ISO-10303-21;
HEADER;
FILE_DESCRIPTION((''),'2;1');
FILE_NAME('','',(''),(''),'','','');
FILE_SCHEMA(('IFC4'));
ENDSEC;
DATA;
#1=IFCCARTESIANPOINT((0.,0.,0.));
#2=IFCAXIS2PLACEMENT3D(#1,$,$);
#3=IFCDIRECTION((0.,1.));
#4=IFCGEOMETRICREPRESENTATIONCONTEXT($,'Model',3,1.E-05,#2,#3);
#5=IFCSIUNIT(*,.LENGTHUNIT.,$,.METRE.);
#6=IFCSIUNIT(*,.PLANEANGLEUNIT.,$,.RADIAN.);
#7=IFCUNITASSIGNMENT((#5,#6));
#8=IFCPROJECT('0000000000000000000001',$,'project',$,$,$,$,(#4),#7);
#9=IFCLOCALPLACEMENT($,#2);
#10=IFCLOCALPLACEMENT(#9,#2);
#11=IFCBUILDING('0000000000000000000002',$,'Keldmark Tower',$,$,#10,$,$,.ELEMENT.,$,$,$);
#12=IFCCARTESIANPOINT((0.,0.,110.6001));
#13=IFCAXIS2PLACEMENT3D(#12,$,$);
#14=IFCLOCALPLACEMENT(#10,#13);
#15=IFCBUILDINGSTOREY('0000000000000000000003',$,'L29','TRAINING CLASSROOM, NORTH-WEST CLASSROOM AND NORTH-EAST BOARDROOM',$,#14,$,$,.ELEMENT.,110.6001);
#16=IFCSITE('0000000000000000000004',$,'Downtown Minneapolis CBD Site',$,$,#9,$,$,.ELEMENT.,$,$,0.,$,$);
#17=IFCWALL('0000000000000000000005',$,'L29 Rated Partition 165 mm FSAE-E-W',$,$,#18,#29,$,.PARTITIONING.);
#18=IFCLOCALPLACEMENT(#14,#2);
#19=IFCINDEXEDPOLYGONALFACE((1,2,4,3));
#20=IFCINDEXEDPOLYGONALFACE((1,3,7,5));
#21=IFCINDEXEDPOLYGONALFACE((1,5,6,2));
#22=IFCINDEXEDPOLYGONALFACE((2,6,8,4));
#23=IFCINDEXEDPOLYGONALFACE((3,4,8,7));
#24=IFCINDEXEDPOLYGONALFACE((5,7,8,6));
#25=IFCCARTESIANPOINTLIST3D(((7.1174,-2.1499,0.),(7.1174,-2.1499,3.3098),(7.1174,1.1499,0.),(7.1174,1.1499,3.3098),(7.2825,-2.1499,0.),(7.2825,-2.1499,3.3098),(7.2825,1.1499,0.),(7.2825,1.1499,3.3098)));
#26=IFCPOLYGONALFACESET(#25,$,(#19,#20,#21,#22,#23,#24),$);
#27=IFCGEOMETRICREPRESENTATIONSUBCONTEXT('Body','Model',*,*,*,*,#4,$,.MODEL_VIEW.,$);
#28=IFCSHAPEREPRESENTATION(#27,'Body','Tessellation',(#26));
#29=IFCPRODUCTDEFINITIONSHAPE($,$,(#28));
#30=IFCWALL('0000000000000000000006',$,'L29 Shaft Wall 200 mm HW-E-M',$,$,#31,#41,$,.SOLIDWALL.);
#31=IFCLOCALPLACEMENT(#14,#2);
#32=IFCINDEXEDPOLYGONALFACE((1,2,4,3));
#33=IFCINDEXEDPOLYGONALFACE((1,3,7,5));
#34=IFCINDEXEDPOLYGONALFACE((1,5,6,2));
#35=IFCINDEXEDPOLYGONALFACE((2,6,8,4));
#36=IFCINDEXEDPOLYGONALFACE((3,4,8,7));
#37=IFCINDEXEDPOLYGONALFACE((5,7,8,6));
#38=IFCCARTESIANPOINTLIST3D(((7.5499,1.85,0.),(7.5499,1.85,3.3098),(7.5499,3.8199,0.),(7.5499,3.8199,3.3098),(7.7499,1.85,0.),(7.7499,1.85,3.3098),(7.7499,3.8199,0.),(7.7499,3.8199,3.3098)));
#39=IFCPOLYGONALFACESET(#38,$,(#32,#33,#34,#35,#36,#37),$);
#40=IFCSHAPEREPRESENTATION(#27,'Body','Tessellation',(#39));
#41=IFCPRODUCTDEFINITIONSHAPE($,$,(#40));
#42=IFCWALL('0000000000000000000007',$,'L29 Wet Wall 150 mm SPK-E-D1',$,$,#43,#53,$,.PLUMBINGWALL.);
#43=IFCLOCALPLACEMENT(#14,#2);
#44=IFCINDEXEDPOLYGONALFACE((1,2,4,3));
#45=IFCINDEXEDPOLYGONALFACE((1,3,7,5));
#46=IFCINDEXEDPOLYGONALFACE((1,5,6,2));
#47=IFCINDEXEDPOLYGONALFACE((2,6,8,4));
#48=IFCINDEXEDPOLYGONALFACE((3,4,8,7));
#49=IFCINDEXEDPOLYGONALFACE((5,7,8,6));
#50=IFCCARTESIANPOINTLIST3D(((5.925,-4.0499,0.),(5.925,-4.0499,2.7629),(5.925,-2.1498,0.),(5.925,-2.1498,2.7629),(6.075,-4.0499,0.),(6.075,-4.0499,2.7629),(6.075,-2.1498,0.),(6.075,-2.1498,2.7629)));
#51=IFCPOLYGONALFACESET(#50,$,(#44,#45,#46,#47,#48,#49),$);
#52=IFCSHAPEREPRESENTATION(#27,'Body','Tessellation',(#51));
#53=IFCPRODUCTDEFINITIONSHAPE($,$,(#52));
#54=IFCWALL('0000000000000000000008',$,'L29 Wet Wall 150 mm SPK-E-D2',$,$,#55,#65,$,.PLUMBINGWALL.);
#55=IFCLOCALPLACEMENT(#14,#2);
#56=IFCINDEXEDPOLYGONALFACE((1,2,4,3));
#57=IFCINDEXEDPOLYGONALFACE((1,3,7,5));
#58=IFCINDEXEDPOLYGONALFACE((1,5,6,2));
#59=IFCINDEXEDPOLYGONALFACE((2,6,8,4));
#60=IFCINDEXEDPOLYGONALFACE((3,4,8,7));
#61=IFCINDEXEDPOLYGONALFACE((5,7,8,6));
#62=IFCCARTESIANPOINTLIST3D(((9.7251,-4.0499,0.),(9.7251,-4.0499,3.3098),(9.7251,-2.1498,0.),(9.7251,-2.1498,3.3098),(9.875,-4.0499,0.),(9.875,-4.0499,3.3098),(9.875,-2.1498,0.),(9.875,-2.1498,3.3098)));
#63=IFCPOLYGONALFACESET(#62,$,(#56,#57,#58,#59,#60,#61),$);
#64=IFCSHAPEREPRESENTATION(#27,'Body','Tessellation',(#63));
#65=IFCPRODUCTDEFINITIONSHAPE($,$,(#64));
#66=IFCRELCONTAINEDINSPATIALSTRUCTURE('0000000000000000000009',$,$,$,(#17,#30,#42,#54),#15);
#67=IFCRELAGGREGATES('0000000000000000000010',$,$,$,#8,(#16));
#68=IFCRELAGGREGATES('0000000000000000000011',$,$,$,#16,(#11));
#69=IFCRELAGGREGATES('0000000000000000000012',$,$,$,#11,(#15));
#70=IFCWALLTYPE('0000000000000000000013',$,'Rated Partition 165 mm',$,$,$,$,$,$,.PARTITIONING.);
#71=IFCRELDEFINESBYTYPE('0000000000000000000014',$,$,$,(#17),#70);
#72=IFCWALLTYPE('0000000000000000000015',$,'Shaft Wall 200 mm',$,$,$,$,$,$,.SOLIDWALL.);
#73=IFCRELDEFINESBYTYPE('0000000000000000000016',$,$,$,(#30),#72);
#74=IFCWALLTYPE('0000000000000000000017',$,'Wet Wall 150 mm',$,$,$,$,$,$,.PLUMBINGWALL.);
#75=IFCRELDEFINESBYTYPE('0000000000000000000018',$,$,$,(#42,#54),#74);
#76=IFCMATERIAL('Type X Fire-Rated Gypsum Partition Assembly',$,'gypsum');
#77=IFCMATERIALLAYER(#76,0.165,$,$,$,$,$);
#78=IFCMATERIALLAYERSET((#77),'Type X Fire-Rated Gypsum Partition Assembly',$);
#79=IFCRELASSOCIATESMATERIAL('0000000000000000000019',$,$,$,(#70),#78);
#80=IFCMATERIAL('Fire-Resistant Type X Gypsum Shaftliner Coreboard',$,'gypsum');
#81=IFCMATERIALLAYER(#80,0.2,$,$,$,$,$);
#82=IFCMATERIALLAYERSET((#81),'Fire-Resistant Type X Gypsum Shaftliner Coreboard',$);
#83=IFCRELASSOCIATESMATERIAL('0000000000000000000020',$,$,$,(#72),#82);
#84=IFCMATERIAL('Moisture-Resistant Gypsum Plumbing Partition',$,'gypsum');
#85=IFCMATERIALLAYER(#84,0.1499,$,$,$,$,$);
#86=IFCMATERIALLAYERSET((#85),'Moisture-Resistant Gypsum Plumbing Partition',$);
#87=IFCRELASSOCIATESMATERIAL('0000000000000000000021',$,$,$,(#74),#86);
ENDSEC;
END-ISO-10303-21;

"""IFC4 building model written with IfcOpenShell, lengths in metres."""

from ifc_helpers import new_model, si_unit, direction, frame, frame_2d, origin, place, context, subcontext, project, spatial, rectangle, extrude, material, layer, layer_set, type_object, element, save


model = new_model("IFC4")

# Units and contexts
model_context = context("Model", 3, precision=1e-05, world=origin(), true_north=direction((0.0, 1.0)))
body_context = subcontext(model_context, "Body", "Model", "MODEL_VIEW")
ifc_project = project(units=[si_unit("LENGTHUNIT", "METRE"), si_unit("PLANEANGLEUNIT", "RADIAN")], contexts=[model_context])

# Site, building, storey
site_placement = place(None, origin())
site = spatial("IfcSite", under=ifc_project, at=site_placement, Name="Downtown Minneapolis CBD Site", CompositionType="ELEMENT", RefElevation=0.0)
building_placement = place(site_placement, origin())
building = spatial("IfcBuilding", under=site, at=building_placement, Name="Keldmark Tower", CompositionType="ELEMENT")
storey_placement = place(building_placement, frame((0.0, 0.0, 110.6001)))
storey = spatial("IfcBuildingStorey", under=building, at=storey_placement, Name="L29", Description="TRAINING CLASSROOM, NORTH-WEST CLASSROOM AND NORTH-EAST BOARDROOM", CompositionType="ELEMENT", Elevation=110.6001)

# Walls
ifc_material_1 = material(Name="Type X Fire-Rated Gypsum Partition Assembly", Category="gypsum")
ifc_layer_1 = layer(ifc_material_1, 0.165)
ifc_layer_set_1 = layer_set([ifc_layer_1], Name="Type X Fire-Rated Gypsum Partition Assembly")
wall_type_1 = type_object("IfcWallType", Name="Rated Partition 165 mm", PredefinedType="PARTITIONING", material=ifc_layer_set_1)
wall_1_placement = place(storey_placement, frame((7.2, -2.1499, 0.0), z_axis=(0.0, 0.0, 1.0), x_axis=(0.0, 1.0, 0.0)))
element("IfcWall", 1, at=wall_1_placement, inside=storey, type_object=wall_type_1, Name="L29 Rated Partition 165 mm FSAE-E-W", PredefinedType="PARTITIONING", context=body_context, shape_type="SweptSolid", body=[
    extrude(rectangle(XDim=3.2998, YDim=0.165, at=frame_2d((1.6499, 0.0))), origin(), (0.0, 0.0, 1.0), 3.3098),
])
ifc_material_2 = material(Name="Fire-Resistant Type X Gypsum Shaftliner Coreboard", Category="gypsum")
ifc_layer_2 = layer(ifc_material_2, 0.2)
ifc_layer_set_2 = layer_set([ifc_layer_2], Name="Fire-Resistant Type X Gypsum Shaftliner Coreboard")
wall_type_2 = type_object("IfcWallType", Name="Shaft Wall 200 mm", PredefinedType="SOLIDWALL", material=ifc_layer_set_2)
wall_2_placement = place(storey_placement, frame((7.6499, 1.8501, 0.0), z_axis=(0.0, 0.0, 1.0), x_axis=(0.0, 1.0, 0.0)))
element("IfcWall", 2, at=wall_2_placement, inside=storey, type_object=wall_type_2, Name="L29 Shaft Wall 200 mm HW-E-M", PredefinedType="SOLIDWALL", context=body_context, shape_type="SweptSolid", body=[
    extrude(rectangle(XDim=1.97, YDim=0.2, at=frame_2d((0.9849, 0.0))), origin(), (0.0, 0.0, 1.0), 3.3098),
])
ifc_material_3 = material(Name="Moisture-Resistant Gypsum Plumbing Partition", Category="gypsum")
ifc_layer_3 = layer(ifc_material_3, 0.1499)
ifc_layer_set_3 = layer_set([ifc_layer_3], Name="Moisture-Resistant Gypsum Plumbing Partition")
wall_type_3 = type_object("IfcWallType", Name="Wet Wall 150 mm", PredefinedType="PLUMBINGWALL", material=ifc_layer_set_3)
wall_3_placement = place(storey_placement, frame((6.0, -4.05, 0.0), z_axis=(0.0, 0.0, 1.0), x_axis=(0.0, 1.0, 0.0)))
element("IfcWall", 3, at=wall_3_placement, inside=storey, type_object=wall_type_3, Name="L29 Wet Wall 150 mm SPK-E-D1", PredefinedType="PLUMBINGWALL", context=body_context, shape_type="SweptSolid", body=[
    extrude(rectangle(XDim=1.9001, YDim=0.1499, at=frame_2d((0.9502, 0.0))), origin(), (0.0, 0.0, 1.0), 2.7629),
])
wall_4_placement = place(storey_placement, frame((9.8, -4.05, 0.0), z_axis=(0.0, 0.0, 1.0), x_axis=(0.0, 1.0, 0.0)))
element("IfcWall", 4, at=wall_4_placement, inside=storey, type_object=wall_type_3, Name="L29 Wet Wall 150 mm SPK-E-D2", PredefinedType="PLUMBINGWALL", context=body_context, shape_type="SweptSolid", body=[
    extrude(rectangle(XDim=1.9001, YDim=0.1499, at=frame_2d((0.9502, 0.0))), origin(), (0.0, 0.0, 1.0), 3.3098),
])

save(model, "model.ifc")
